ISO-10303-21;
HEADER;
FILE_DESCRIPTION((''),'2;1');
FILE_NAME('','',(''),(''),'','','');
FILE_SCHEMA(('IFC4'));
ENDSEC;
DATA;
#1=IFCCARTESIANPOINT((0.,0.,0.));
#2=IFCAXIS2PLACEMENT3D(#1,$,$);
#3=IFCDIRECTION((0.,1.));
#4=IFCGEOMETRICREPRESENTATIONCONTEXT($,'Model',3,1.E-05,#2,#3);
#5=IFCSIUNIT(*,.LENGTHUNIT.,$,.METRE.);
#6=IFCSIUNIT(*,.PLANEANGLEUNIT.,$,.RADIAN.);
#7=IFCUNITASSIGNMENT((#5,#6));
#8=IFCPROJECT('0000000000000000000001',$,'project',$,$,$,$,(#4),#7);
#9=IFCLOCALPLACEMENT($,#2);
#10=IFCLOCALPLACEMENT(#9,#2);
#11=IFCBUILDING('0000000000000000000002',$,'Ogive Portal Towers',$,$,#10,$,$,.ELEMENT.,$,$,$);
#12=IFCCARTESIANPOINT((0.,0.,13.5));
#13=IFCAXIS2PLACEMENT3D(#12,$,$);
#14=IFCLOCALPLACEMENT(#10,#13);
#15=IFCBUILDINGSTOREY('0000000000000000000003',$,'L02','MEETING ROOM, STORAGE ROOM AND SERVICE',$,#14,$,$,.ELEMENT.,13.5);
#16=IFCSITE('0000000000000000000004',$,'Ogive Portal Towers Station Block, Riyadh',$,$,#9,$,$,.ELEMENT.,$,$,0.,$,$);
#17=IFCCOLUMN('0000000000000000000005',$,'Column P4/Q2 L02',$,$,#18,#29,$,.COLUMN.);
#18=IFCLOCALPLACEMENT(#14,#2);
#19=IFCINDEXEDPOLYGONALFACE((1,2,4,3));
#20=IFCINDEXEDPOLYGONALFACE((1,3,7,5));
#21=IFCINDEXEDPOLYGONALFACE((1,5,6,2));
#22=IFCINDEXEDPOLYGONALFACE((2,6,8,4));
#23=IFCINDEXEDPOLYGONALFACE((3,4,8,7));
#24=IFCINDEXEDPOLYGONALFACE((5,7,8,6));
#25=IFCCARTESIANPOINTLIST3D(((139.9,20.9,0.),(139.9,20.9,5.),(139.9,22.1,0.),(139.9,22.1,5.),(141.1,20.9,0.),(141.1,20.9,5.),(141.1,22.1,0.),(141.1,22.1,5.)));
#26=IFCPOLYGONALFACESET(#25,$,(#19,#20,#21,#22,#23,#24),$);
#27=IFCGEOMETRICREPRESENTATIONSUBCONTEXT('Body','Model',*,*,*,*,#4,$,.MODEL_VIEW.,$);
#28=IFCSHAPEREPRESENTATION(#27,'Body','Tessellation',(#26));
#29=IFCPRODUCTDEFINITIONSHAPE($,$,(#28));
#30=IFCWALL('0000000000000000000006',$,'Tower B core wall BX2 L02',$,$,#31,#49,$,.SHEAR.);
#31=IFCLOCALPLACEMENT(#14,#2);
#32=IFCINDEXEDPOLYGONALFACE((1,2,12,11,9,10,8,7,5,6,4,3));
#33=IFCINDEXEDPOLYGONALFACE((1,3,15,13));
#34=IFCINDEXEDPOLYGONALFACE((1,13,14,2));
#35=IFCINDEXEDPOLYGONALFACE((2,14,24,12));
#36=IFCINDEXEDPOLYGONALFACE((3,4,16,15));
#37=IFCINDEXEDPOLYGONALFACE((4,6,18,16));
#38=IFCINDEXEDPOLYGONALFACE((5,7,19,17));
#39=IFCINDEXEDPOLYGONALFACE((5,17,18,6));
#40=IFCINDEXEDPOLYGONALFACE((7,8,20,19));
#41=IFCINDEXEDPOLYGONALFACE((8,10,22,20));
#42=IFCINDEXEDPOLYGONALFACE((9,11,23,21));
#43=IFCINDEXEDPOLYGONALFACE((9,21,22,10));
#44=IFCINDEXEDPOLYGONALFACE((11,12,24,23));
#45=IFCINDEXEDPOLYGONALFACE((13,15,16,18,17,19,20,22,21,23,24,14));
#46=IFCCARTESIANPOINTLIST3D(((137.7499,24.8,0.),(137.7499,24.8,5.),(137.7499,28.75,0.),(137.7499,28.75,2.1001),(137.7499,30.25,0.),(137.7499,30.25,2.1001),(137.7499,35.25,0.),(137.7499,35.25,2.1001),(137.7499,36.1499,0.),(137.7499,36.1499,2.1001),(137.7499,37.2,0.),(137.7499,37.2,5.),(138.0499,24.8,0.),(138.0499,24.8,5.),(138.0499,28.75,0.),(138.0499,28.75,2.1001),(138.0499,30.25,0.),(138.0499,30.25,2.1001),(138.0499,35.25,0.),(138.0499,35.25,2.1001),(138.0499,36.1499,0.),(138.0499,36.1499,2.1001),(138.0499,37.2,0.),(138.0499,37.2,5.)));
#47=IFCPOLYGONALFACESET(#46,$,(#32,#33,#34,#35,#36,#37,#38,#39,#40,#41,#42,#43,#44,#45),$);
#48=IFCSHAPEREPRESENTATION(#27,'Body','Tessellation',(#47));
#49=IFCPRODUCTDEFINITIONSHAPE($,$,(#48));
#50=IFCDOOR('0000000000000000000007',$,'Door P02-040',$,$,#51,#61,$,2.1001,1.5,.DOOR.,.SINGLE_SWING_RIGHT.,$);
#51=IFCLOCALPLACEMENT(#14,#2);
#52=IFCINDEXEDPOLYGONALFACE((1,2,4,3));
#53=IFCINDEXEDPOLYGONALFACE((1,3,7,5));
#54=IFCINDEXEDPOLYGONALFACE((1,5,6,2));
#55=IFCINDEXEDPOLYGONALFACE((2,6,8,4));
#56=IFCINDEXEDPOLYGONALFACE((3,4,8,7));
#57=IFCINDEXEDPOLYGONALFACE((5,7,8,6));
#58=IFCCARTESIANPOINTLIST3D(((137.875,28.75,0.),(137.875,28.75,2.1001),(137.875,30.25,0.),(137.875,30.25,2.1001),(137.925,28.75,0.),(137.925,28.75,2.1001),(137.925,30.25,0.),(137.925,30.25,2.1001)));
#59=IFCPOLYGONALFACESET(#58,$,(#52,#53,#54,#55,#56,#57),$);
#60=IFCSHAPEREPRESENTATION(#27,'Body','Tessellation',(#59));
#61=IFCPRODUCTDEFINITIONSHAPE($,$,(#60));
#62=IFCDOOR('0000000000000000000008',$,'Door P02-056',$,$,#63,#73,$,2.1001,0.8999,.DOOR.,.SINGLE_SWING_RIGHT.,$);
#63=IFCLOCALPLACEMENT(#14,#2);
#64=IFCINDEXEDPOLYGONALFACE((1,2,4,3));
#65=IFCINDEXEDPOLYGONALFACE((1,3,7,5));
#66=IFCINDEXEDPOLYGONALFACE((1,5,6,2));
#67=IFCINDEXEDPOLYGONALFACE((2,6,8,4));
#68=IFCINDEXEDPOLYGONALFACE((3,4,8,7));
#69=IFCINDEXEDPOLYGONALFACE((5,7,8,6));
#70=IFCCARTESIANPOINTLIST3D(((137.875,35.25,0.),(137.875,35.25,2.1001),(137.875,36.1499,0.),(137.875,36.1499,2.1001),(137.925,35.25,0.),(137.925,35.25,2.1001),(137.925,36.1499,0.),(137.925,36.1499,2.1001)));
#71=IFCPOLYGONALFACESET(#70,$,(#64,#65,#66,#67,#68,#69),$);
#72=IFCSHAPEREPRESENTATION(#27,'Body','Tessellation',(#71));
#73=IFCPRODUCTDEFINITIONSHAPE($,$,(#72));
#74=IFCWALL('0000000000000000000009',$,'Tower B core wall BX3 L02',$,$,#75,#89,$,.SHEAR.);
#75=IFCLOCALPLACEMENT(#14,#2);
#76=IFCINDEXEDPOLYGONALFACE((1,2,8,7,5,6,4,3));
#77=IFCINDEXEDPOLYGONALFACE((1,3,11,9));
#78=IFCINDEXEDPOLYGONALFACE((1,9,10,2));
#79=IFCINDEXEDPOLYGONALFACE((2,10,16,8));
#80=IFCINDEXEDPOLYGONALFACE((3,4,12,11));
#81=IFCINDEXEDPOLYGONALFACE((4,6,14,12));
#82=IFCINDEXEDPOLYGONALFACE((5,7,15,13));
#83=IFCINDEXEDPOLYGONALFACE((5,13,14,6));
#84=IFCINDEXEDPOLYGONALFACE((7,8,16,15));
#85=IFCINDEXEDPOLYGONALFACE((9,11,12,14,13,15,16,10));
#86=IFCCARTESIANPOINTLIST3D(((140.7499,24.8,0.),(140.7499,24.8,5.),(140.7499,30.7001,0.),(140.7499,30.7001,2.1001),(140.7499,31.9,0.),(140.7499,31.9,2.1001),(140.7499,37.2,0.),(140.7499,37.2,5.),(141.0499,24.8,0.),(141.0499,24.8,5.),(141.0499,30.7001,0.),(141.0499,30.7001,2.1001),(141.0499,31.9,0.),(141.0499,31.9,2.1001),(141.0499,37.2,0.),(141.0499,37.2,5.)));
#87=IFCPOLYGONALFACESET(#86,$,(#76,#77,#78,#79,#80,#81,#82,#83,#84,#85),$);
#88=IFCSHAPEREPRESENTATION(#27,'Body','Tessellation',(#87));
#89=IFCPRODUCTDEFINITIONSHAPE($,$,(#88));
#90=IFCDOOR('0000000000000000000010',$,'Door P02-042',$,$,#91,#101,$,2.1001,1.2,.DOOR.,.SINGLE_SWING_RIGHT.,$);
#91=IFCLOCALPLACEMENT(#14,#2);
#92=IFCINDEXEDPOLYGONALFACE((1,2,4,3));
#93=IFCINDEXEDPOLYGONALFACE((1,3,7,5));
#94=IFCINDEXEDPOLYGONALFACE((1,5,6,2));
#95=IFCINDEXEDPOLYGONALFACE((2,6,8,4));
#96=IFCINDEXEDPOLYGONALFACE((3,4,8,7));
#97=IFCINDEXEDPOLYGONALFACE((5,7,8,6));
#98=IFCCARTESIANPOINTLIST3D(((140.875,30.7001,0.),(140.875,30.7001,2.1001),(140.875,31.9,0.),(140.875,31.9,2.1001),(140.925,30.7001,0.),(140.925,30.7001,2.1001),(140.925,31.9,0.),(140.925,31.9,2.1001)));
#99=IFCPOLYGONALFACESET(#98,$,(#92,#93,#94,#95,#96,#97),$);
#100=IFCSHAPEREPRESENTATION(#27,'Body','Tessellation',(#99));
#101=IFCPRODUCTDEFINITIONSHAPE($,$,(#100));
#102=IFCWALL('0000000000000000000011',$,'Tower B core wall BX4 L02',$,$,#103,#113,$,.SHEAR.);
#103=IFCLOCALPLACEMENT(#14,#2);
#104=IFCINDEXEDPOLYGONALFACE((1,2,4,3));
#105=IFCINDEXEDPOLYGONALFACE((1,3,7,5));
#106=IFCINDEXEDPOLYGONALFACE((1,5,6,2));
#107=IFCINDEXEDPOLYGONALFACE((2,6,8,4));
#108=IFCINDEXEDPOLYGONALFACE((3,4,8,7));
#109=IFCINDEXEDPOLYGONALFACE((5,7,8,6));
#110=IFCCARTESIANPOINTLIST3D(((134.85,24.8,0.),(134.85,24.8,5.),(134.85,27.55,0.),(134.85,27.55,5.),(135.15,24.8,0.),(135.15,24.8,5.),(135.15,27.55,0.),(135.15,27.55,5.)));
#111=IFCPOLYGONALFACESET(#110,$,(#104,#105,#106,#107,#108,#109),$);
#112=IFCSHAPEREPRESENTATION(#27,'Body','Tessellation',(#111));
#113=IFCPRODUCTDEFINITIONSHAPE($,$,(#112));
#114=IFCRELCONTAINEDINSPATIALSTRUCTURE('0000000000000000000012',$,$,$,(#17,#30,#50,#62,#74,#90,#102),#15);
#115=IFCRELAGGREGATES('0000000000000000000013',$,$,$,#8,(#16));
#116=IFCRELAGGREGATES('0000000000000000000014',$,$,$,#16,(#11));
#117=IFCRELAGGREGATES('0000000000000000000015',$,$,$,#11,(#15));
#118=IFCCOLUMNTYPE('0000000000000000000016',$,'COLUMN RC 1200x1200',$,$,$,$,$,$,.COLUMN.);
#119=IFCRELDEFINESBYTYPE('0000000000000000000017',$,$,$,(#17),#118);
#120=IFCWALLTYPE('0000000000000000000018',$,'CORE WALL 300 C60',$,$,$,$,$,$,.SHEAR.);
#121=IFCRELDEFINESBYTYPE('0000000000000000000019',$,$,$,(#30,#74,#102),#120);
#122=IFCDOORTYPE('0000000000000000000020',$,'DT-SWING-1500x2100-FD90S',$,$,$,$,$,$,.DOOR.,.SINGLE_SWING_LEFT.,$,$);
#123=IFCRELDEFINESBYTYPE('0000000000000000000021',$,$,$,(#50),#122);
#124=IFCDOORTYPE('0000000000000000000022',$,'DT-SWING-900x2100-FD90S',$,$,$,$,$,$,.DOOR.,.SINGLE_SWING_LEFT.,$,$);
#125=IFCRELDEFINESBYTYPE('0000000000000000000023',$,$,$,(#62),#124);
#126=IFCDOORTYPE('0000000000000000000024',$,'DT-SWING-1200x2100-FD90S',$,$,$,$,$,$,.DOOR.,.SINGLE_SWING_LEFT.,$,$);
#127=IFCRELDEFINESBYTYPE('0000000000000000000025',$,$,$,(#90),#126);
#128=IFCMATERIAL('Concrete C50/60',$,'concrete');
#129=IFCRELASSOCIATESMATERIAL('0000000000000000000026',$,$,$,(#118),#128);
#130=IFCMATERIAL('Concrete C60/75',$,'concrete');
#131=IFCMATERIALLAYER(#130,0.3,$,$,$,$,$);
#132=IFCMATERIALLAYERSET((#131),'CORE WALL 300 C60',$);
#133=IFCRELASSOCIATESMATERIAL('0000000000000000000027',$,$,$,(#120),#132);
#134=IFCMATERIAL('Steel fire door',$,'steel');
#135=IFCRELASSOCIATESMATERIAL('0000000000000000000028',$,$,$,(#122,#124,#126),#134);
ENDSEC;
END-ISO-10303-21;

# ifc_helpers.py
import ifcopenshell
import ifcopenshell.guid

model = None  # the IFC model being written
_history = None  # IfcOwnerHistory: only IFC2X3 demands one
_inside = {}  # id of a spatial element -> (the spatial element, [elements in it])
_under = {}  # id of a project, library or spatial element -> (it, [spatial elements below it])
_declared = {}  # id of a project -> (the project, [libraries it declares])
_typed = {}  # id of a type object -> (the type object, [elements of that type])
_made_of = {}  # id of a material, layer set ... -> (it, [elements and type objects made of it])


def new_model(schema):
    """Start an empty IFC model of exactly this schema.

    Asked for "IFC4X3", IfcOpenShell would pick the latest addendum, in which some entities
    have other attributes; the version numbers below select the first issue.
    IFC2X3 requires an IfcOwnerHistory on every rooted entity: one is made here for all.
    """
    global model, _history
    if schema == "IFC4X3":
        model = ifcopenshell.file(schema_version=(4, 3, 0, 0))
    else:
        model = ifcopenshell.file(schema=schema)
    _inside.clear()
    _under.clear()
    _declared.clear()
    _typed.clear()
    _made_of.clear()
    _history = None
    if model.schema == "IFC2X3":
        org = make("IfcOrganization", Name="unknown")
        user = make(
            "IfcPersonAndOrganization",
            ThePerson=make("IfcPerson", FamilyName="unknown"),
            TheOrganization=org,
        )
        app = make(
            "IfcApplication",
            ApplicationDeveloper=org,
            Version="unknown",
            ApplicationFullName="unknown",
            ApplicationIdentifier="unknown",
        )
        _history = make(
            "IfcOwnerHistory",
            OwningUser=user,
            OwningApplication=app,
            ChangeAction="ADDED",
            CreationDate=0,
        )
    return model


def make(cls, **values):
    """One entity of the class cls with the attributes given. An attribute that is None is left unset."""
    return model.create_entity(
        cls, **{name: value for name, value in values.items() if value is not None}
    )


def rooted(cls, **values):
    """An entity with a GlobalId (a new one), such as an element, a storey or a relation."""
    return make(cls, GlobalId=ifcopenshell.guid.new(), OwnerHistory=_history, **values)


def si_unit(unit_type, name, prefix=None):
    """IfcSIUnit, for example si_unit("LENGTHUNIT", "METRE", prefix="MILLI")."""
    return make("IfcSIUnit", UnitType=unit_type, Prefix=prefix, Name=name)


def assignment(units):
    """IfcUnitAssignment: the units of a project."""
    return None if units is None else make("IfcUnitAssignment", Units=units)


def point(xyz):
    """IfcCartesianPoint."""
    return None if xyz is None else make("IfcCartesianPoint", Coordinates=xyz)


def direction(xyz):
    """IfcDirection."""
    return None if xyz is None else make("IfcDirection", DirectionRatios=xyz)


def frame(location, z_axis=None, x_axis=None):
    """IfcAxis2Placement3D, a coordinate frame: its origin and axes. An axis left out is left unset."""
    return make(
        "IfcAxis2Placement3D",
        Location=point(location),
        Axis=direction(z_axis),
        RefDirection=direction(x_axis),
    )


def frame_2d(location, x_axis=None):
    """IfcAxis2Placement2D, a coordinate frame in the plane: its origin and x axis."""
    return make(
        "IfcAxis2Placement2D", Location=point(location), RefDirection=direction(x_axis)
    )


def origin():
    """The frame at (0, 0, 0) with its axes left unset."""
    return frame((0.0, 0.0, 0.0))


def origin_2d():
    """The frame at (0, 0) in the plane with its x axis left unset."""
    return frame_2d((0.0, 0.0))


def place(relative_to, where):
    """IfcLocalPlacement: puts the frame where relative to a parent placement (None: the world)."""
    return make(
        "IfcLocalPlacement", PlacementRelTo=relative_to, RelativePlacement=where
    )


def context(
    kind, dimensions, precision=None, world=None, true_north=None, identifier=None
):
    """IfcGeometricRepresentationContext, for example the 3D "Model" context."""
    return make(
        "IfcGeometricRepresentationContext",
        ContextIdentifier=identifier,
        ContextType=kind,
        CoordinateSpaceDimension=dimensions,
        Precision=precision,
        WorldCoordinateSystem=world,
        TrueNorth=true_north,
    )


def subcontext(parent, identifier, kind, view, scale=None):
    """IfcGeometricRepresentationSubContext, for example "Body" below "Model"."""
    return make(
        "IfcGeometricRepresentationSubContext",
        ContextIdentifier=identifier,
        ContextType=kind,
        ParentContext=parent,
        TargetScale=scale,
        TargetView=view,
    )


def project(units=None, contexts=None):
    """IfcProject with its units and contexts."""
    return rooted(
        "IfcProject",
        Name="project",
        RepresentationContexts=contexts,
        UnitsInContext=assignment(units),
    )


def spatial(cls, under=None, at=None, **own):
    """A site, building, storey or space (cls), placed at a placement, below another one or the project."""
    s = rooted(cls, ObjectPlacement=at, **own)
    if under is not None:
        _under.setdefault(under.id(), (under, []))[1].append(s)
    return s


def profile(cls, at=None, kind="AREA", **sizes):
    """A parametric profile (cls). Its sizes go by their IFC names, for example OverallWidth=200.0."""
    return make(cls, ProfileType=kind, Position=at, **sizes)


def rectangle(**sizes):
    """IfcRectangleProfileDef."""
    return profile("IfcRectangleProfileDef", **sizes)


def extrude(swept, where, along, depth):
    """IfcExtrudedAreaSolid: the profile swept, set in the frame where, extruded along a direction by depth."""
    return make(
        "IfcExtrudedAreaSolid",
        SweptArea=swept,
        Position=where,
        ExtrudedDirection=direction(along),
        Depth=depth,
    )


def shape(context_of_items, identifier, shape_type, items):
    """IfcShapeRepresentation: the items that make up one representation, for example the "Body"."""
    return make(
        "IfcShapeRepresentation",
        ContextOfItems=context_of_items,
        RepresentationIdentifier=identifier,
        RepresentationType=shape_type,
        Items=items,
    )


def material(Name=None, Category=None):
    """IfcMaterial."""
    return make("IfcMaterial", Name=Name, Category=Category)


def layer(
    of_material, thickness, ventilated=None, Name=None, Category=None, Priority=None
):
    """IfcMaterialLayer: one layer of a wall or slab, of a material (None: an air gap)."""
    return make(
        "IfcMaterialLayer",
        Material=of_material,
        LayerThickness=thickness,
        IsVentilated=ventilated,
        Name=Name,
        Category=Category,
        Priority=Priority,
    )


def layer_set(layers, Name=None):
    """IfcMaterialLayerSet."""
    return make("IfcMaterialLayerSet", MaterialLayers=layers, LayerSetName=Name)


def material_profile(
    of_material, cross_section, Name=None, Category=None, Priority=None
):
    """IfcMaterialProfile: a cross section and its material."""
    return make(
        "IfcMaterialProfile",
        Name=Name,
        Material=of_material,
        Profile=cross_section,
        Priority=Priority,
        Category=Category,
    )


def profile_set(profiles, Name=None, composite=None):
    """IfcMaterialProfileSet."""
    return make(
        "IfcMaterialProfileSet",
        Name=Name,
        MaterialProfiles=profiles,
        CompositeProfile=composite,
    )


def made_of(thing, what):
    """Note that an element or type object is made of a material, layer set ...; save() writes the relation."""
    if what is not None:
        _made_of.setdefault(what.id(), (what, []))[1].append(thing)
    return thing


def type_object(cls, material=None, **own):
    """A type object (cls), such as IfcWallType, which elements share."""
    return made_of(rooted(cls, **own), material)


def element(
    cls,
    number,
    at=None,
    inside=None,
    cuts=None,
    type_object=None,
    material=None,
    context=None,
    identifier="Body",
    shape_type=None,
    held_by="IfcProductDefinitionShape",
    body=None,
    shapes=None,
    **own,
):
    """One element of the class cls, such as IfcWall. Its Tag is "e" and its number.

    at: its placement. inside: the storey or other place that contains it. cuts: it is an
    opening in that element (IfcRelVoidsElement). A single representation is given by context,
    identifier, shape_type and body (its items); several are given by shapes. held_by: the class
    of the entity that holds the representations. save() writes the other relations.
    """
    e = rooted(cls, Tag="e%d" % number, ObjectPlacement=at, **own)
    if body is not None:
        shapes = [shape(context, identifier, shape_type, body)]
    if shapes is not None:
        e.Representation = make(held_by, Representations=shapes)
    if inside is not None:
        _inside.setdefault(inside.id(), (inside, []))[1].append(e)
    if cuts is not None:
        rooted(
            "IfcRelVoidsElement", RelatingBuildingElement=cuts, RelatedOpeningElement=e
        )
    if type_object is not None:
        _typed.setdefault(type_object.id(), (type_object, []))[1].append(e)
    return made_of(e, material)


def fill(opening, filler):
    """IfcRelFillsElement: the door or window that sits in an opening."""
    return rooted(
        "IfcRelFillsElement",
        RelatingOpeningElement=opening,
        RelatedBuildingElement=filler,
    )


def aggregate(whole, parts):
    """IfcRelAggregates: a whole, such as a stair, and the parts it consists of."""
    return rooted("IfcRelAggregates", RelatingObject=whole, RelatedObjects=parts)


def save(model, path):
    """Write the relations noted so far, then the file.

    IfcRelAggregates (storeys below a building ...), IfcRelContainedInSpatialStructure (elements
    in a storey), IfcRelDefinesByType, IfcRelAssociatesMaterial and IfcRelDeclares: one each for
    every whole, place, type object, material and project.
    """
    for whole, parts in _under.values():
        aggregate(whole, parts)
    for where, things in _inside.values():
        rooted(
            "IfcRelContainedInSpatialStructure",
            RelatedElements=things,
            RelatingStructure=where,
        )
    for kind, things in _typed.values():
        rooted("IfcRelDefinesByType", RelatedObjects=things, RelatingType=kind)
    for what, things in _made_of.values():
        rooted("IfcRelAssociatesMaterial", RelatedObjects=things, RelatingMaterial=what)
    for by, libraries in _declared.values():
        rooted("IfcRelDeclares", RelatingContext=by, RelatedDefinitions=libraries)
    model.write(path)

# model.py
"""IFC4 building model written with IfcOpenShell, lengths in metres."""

from ifc_helpers import new_model, si_unit, direction, frame, frame_2d, origin, origin_2d, place, context, subcontext, project, spatial, rectangle, extrude, material, layer, layer_set, material_profile, profile_set, type_object, element, fill, save


model = new_model("IFC4")

# Units and contexts
model_context = context("Model", 3, precision=1e-05, world=origin(), true_north=direction((0.0, 1.0)))
body_context = subcontext(model_context, "Body", "Model", "MODEL_VIEW")
ifc_project = project(units=[si_unit("LENGTHUNIT", "METRE"), si_unit("PLANEANGLEUNIT", "RADIAN")], contexts=[model_context])

# Site, building, storey
site_placement = place(None, origin())
site = spatial("IfcSite", under=ifc_project, at=site_placement, Name="Ogive Portal Towers Station Block, Riyadh", CompositionType="ELEMENT", RefElevation=0.0)
building_placement = place(site_placement, origin())
building = spatial("IfcBuilding", under=site, at=building_placement, Name="Ogive Portal Towers", CompositionType="ELEMENT")
storey_placement = place(building_placement, frame((0.0, 0.0, 13.5)))
storey = spatial("IfcBuildingStorey", under=building, at=storey_placement, Name="L02", Description="MEETING ROOM, STORAGE ROOM AND SERVICE", CompositionType="ELEMENT", Elevation=13.5)

# Column
ifc_material_1 = material(Name="Concrete C50/60", Category="concrete")
ifc_material_profile = material_profile(ifc_material_1, rectangle(XDim=1.2, YDim=1.2, at=origin_2d()), Name="RC 1200x1200")
ifc_profile_set = profile_set([ifc_material_profile], Name="Concrete C50/60")
column_type = type_object("IfcColumnType", Name="COLUMN RC 1200x1200", PredefinedType="COLUMN", material=ifc_profile_set)
column_placement = place(storey_placement, frame((140.5, 21.5, 0.0), z_axis=(0.0, 0.0, 1.0), x_axis=(1.0, 0.0, 0.0)))
element("IfcColumn", 1, at=column_placement, inside=storey, type_object=column_type, Name="Column P4/Q2 L02", PredefinedType="COLUMN", context=body_context, shape_type="SweptSolid", body=[
    extrude(rectangle(XDim=1.2, YDim=1.2, at=origin_2d()), origin(), (0.0, 0.0, 1.0), 5.0),
])

# Wall, openings, doors
ifc_material_2 = material(Name="Concrete C60/75", Category="concrete")
ifc_layer = layer(ifc_material_2, 0.3)
ifc_layer_set = layer_set([ifc_layer], Name="CORE WALL 300 C60")
wall_type = type_object("IfcWallType", Name="CORE WALL 300 C60", PredefinedType="SHEAR", material=ifc_layer_set)
wall_1_placement = place(storey_placement, frame((137.8999, 24.8, 0.0), z_axis=(0.0, 0.0, 1.0), x_axis=(0.0, 1.0, 0.0)))
wall_1 = element("IfcWall", 2, at=wall_1_placement, inside=storey, type_object=wall_type, Name="Tower B core wall BX2 L02", PredefinedType="SHEAR", context=body_context, shape_type="SweptSolid", body=[
    extrude(rectangle(XDim=12.3999, YDim=0.3, at=frame_2d((6.2, 0.0))), origin(), (0.0, 0.0, 1.0), 5.0),
])
opening_1_placement = place(wall_1_placement, frame((3.95, 0.0, 0.0)))
opening_1 = element("IfcOpeningElement", 3, at=opening_1_placement, cuts=wall_1, PredefinedType="OPENING", context=body_context, shape_type="SweptSolid", body=[
    extrude(rectangle(XDim=1.5, YDim=2.1001, at=frame_2d((0.75, 1.05))), frame((0.0, 0.1602, 0.0), z_axis=(0.0, -1.0, 0.0), x_axis=(1.0, 0.0, 0.0)), (0.0, 0.0, 1.0), 0.3201),
])
opening_2_placement = place(wall_1_placement, frame((10.45, 0.0, 0.0)))
opening_2 = element("IfcOpeningElement", 4, at=opening_2_placement, cuts=wall_1, PredefinedType="OPENING", context=body_context, shape_type="SweptSolid", body=[
    extrude(rectangle(XDim=0.8999, YDim=2.1001, at=frame_2d((0.45, 1.05))), frame((0.0, 0.1602, 0.0), z_axis=(0.0, -1.0, 0.0), x_axis=(1.0, 0.0, 0.0)), (0.0, 0.0, 1.0), 0.3201),
])
ifc_material_3 = material(Name="Steel fire door", Category="steel")
door_type_1 = type_object("IfcDoorType", Name="DT-SWING-1500x2100-FD90S", OperationType="SINGLE_SWING_LEFT", PredefinedType="DOOR", material=ifc_material_3)
door_1_placement = place(opening_1_placement, origin())
door_1 = element("IfcDoor", 5, at=door_1_placement, inside=storey, type_object=door_type_1, Name="Door P02-040", OperationType="SINGLE_SWING_RIGHT", OverallHeight=2.1001, OverallWidth=1.5, PredefinedType="DOOR", context=body_context, shape_type="SweptSolid", body=[
    extrude(rectangle(XDim=1.5, YDim=2.1001, at=frame_2d((0.75, 1.05))), frame((0.0, 0.0249, 0.0), z_axis=(0.0, -1.0, 0.0), x_axis=(1.0, 0.0, 0.0)), (0.0, 0.0, 1.0), 0.05),
])
fill(opening_1, door_1)
door_type_2 = type_object("IfcDoorType", Name="DT-SWING-900x2100-FD90S", OperationType="SINGLE_SWING_LEFT", PredefinedType="DOOR", material=ifc_material_3)
door_2_placement = place(opening_2_placement, origin())
door_2 = element("IfcDoor", 6, at=door_2_placement, inside=storey, type_object=door_type_2, Name="Door P02-056", OperationType="SINGLE_SWING_RIGHT", OverallHeight=2.1001, OverallWidth=0.8999, PredefinedType="DOOR", context=body_context, shape_type="SweptSolid", body=[
    extrude(rectangle(XDim=0.8999, YDim=2.1001, at=frame_2d((0.45, 1.05))), frame((0.0, 0.0249, 0.0), z_axis=(0.0, -1.0, 0.0), x_axis=(1.0, 0.0, 0.0)), (0.0, 0.0, 1.0), 0.05),
])
fill(opening_2, door_2)

# Wall, opening, door
wall_2_placement = place(storey_placement, frame((140.8999, 24.8, 0.0), z_axis=(0.0, 0.0, 1.0), x_axis=(0.0, 1.0, 0.0)))
wall_2 = element("IfcWall", 7, at=wall_2_placement, inside=storey, type_object=wall_type, Name="Tower B core wall BX3 L02", PredefinedType="SHEAR", context=body_context, shape_type="SweptSolid", body=[
    extrude(rectangle(XDim=12.3999, YDim=0.3, at=frame_2d((6.2, 0.0))), origin(), (0.0, 0.0, 1.0), 5.0),
])
opening_3_placement = place(wall_2_placement, frame((5.8999, 0.0, 0.0)))
opening_3 = element("IfcOpeningElement", 8, at=opening_3_placement, cuts=wall_2, PredefinedType="OPENING", context=body_context, shape_type="SweptSolid", body=[
    extrude(rectangle(XDim=1.2, YDim=2.1001, at=frame_2d((0.6001, 1.05))), frame((0.0, 0.1602, 0.0), z_axis=(0.0, -1.0, 0.0), x_axis=(1.0, 0.0, 0.0)), (0.0, 0.0, 1.0), 0.3201),
])
door_type_3 = type_object("IfcDoorType", Name="DT-SWING-1200x2100-FD90S", OperationType="SINGLE_SWING_LEFT", PredefinedType="DOOR", material=ifc_material_3)
door_3_placement = place(opening_3_placement, origin())
door_3 = element("IfcDoor", 9, at=door_3_placement, inside=storey, type_object=door_type_3, Name="Door P02-042", OperationType="SINGLE_SWING_RIGHT", OverallHeight=2.1001, OverallWidth=1.2, PredefinedType="DOOR", context=body_context, shape_type="SweptSolid", body=[
    extrude(rectangle(XDim=1.2, YDim=2.1001, at=frame_2d((0.6001, 1.05))), frame((0.0, 0.0249, 0.0), z_axis=(0.0, -1.0, 0.0), x_axis=(1.0, 0.0, 0.0)), (0.0, 0.0, 1.0), 0.05),
])
fill(opening_3, door_3)

# Wall
wall_3_placement = place(storey_placement, frame((135.0, 24.8, 0.0), z_axis=(0.0, 0.0, 1.0), x_axis=(0.0, 1.0, 0.0)))
element("IfcWall", 10, at=wall_3_placement, inside=storey, type_object=wall_type, Name="Tower B core wall BX4 L02", PredefinedType="SHEAR", context=body_context, shape_type="SweptSolid", body=[
    extrude(rectangle(XDim=2.75, YDim=0.3, at=frame_2d((1.375, 0.0))), origin(), (0.0, 0.0, 1.0), 5.0),
])

save(model, "model.ifc")
